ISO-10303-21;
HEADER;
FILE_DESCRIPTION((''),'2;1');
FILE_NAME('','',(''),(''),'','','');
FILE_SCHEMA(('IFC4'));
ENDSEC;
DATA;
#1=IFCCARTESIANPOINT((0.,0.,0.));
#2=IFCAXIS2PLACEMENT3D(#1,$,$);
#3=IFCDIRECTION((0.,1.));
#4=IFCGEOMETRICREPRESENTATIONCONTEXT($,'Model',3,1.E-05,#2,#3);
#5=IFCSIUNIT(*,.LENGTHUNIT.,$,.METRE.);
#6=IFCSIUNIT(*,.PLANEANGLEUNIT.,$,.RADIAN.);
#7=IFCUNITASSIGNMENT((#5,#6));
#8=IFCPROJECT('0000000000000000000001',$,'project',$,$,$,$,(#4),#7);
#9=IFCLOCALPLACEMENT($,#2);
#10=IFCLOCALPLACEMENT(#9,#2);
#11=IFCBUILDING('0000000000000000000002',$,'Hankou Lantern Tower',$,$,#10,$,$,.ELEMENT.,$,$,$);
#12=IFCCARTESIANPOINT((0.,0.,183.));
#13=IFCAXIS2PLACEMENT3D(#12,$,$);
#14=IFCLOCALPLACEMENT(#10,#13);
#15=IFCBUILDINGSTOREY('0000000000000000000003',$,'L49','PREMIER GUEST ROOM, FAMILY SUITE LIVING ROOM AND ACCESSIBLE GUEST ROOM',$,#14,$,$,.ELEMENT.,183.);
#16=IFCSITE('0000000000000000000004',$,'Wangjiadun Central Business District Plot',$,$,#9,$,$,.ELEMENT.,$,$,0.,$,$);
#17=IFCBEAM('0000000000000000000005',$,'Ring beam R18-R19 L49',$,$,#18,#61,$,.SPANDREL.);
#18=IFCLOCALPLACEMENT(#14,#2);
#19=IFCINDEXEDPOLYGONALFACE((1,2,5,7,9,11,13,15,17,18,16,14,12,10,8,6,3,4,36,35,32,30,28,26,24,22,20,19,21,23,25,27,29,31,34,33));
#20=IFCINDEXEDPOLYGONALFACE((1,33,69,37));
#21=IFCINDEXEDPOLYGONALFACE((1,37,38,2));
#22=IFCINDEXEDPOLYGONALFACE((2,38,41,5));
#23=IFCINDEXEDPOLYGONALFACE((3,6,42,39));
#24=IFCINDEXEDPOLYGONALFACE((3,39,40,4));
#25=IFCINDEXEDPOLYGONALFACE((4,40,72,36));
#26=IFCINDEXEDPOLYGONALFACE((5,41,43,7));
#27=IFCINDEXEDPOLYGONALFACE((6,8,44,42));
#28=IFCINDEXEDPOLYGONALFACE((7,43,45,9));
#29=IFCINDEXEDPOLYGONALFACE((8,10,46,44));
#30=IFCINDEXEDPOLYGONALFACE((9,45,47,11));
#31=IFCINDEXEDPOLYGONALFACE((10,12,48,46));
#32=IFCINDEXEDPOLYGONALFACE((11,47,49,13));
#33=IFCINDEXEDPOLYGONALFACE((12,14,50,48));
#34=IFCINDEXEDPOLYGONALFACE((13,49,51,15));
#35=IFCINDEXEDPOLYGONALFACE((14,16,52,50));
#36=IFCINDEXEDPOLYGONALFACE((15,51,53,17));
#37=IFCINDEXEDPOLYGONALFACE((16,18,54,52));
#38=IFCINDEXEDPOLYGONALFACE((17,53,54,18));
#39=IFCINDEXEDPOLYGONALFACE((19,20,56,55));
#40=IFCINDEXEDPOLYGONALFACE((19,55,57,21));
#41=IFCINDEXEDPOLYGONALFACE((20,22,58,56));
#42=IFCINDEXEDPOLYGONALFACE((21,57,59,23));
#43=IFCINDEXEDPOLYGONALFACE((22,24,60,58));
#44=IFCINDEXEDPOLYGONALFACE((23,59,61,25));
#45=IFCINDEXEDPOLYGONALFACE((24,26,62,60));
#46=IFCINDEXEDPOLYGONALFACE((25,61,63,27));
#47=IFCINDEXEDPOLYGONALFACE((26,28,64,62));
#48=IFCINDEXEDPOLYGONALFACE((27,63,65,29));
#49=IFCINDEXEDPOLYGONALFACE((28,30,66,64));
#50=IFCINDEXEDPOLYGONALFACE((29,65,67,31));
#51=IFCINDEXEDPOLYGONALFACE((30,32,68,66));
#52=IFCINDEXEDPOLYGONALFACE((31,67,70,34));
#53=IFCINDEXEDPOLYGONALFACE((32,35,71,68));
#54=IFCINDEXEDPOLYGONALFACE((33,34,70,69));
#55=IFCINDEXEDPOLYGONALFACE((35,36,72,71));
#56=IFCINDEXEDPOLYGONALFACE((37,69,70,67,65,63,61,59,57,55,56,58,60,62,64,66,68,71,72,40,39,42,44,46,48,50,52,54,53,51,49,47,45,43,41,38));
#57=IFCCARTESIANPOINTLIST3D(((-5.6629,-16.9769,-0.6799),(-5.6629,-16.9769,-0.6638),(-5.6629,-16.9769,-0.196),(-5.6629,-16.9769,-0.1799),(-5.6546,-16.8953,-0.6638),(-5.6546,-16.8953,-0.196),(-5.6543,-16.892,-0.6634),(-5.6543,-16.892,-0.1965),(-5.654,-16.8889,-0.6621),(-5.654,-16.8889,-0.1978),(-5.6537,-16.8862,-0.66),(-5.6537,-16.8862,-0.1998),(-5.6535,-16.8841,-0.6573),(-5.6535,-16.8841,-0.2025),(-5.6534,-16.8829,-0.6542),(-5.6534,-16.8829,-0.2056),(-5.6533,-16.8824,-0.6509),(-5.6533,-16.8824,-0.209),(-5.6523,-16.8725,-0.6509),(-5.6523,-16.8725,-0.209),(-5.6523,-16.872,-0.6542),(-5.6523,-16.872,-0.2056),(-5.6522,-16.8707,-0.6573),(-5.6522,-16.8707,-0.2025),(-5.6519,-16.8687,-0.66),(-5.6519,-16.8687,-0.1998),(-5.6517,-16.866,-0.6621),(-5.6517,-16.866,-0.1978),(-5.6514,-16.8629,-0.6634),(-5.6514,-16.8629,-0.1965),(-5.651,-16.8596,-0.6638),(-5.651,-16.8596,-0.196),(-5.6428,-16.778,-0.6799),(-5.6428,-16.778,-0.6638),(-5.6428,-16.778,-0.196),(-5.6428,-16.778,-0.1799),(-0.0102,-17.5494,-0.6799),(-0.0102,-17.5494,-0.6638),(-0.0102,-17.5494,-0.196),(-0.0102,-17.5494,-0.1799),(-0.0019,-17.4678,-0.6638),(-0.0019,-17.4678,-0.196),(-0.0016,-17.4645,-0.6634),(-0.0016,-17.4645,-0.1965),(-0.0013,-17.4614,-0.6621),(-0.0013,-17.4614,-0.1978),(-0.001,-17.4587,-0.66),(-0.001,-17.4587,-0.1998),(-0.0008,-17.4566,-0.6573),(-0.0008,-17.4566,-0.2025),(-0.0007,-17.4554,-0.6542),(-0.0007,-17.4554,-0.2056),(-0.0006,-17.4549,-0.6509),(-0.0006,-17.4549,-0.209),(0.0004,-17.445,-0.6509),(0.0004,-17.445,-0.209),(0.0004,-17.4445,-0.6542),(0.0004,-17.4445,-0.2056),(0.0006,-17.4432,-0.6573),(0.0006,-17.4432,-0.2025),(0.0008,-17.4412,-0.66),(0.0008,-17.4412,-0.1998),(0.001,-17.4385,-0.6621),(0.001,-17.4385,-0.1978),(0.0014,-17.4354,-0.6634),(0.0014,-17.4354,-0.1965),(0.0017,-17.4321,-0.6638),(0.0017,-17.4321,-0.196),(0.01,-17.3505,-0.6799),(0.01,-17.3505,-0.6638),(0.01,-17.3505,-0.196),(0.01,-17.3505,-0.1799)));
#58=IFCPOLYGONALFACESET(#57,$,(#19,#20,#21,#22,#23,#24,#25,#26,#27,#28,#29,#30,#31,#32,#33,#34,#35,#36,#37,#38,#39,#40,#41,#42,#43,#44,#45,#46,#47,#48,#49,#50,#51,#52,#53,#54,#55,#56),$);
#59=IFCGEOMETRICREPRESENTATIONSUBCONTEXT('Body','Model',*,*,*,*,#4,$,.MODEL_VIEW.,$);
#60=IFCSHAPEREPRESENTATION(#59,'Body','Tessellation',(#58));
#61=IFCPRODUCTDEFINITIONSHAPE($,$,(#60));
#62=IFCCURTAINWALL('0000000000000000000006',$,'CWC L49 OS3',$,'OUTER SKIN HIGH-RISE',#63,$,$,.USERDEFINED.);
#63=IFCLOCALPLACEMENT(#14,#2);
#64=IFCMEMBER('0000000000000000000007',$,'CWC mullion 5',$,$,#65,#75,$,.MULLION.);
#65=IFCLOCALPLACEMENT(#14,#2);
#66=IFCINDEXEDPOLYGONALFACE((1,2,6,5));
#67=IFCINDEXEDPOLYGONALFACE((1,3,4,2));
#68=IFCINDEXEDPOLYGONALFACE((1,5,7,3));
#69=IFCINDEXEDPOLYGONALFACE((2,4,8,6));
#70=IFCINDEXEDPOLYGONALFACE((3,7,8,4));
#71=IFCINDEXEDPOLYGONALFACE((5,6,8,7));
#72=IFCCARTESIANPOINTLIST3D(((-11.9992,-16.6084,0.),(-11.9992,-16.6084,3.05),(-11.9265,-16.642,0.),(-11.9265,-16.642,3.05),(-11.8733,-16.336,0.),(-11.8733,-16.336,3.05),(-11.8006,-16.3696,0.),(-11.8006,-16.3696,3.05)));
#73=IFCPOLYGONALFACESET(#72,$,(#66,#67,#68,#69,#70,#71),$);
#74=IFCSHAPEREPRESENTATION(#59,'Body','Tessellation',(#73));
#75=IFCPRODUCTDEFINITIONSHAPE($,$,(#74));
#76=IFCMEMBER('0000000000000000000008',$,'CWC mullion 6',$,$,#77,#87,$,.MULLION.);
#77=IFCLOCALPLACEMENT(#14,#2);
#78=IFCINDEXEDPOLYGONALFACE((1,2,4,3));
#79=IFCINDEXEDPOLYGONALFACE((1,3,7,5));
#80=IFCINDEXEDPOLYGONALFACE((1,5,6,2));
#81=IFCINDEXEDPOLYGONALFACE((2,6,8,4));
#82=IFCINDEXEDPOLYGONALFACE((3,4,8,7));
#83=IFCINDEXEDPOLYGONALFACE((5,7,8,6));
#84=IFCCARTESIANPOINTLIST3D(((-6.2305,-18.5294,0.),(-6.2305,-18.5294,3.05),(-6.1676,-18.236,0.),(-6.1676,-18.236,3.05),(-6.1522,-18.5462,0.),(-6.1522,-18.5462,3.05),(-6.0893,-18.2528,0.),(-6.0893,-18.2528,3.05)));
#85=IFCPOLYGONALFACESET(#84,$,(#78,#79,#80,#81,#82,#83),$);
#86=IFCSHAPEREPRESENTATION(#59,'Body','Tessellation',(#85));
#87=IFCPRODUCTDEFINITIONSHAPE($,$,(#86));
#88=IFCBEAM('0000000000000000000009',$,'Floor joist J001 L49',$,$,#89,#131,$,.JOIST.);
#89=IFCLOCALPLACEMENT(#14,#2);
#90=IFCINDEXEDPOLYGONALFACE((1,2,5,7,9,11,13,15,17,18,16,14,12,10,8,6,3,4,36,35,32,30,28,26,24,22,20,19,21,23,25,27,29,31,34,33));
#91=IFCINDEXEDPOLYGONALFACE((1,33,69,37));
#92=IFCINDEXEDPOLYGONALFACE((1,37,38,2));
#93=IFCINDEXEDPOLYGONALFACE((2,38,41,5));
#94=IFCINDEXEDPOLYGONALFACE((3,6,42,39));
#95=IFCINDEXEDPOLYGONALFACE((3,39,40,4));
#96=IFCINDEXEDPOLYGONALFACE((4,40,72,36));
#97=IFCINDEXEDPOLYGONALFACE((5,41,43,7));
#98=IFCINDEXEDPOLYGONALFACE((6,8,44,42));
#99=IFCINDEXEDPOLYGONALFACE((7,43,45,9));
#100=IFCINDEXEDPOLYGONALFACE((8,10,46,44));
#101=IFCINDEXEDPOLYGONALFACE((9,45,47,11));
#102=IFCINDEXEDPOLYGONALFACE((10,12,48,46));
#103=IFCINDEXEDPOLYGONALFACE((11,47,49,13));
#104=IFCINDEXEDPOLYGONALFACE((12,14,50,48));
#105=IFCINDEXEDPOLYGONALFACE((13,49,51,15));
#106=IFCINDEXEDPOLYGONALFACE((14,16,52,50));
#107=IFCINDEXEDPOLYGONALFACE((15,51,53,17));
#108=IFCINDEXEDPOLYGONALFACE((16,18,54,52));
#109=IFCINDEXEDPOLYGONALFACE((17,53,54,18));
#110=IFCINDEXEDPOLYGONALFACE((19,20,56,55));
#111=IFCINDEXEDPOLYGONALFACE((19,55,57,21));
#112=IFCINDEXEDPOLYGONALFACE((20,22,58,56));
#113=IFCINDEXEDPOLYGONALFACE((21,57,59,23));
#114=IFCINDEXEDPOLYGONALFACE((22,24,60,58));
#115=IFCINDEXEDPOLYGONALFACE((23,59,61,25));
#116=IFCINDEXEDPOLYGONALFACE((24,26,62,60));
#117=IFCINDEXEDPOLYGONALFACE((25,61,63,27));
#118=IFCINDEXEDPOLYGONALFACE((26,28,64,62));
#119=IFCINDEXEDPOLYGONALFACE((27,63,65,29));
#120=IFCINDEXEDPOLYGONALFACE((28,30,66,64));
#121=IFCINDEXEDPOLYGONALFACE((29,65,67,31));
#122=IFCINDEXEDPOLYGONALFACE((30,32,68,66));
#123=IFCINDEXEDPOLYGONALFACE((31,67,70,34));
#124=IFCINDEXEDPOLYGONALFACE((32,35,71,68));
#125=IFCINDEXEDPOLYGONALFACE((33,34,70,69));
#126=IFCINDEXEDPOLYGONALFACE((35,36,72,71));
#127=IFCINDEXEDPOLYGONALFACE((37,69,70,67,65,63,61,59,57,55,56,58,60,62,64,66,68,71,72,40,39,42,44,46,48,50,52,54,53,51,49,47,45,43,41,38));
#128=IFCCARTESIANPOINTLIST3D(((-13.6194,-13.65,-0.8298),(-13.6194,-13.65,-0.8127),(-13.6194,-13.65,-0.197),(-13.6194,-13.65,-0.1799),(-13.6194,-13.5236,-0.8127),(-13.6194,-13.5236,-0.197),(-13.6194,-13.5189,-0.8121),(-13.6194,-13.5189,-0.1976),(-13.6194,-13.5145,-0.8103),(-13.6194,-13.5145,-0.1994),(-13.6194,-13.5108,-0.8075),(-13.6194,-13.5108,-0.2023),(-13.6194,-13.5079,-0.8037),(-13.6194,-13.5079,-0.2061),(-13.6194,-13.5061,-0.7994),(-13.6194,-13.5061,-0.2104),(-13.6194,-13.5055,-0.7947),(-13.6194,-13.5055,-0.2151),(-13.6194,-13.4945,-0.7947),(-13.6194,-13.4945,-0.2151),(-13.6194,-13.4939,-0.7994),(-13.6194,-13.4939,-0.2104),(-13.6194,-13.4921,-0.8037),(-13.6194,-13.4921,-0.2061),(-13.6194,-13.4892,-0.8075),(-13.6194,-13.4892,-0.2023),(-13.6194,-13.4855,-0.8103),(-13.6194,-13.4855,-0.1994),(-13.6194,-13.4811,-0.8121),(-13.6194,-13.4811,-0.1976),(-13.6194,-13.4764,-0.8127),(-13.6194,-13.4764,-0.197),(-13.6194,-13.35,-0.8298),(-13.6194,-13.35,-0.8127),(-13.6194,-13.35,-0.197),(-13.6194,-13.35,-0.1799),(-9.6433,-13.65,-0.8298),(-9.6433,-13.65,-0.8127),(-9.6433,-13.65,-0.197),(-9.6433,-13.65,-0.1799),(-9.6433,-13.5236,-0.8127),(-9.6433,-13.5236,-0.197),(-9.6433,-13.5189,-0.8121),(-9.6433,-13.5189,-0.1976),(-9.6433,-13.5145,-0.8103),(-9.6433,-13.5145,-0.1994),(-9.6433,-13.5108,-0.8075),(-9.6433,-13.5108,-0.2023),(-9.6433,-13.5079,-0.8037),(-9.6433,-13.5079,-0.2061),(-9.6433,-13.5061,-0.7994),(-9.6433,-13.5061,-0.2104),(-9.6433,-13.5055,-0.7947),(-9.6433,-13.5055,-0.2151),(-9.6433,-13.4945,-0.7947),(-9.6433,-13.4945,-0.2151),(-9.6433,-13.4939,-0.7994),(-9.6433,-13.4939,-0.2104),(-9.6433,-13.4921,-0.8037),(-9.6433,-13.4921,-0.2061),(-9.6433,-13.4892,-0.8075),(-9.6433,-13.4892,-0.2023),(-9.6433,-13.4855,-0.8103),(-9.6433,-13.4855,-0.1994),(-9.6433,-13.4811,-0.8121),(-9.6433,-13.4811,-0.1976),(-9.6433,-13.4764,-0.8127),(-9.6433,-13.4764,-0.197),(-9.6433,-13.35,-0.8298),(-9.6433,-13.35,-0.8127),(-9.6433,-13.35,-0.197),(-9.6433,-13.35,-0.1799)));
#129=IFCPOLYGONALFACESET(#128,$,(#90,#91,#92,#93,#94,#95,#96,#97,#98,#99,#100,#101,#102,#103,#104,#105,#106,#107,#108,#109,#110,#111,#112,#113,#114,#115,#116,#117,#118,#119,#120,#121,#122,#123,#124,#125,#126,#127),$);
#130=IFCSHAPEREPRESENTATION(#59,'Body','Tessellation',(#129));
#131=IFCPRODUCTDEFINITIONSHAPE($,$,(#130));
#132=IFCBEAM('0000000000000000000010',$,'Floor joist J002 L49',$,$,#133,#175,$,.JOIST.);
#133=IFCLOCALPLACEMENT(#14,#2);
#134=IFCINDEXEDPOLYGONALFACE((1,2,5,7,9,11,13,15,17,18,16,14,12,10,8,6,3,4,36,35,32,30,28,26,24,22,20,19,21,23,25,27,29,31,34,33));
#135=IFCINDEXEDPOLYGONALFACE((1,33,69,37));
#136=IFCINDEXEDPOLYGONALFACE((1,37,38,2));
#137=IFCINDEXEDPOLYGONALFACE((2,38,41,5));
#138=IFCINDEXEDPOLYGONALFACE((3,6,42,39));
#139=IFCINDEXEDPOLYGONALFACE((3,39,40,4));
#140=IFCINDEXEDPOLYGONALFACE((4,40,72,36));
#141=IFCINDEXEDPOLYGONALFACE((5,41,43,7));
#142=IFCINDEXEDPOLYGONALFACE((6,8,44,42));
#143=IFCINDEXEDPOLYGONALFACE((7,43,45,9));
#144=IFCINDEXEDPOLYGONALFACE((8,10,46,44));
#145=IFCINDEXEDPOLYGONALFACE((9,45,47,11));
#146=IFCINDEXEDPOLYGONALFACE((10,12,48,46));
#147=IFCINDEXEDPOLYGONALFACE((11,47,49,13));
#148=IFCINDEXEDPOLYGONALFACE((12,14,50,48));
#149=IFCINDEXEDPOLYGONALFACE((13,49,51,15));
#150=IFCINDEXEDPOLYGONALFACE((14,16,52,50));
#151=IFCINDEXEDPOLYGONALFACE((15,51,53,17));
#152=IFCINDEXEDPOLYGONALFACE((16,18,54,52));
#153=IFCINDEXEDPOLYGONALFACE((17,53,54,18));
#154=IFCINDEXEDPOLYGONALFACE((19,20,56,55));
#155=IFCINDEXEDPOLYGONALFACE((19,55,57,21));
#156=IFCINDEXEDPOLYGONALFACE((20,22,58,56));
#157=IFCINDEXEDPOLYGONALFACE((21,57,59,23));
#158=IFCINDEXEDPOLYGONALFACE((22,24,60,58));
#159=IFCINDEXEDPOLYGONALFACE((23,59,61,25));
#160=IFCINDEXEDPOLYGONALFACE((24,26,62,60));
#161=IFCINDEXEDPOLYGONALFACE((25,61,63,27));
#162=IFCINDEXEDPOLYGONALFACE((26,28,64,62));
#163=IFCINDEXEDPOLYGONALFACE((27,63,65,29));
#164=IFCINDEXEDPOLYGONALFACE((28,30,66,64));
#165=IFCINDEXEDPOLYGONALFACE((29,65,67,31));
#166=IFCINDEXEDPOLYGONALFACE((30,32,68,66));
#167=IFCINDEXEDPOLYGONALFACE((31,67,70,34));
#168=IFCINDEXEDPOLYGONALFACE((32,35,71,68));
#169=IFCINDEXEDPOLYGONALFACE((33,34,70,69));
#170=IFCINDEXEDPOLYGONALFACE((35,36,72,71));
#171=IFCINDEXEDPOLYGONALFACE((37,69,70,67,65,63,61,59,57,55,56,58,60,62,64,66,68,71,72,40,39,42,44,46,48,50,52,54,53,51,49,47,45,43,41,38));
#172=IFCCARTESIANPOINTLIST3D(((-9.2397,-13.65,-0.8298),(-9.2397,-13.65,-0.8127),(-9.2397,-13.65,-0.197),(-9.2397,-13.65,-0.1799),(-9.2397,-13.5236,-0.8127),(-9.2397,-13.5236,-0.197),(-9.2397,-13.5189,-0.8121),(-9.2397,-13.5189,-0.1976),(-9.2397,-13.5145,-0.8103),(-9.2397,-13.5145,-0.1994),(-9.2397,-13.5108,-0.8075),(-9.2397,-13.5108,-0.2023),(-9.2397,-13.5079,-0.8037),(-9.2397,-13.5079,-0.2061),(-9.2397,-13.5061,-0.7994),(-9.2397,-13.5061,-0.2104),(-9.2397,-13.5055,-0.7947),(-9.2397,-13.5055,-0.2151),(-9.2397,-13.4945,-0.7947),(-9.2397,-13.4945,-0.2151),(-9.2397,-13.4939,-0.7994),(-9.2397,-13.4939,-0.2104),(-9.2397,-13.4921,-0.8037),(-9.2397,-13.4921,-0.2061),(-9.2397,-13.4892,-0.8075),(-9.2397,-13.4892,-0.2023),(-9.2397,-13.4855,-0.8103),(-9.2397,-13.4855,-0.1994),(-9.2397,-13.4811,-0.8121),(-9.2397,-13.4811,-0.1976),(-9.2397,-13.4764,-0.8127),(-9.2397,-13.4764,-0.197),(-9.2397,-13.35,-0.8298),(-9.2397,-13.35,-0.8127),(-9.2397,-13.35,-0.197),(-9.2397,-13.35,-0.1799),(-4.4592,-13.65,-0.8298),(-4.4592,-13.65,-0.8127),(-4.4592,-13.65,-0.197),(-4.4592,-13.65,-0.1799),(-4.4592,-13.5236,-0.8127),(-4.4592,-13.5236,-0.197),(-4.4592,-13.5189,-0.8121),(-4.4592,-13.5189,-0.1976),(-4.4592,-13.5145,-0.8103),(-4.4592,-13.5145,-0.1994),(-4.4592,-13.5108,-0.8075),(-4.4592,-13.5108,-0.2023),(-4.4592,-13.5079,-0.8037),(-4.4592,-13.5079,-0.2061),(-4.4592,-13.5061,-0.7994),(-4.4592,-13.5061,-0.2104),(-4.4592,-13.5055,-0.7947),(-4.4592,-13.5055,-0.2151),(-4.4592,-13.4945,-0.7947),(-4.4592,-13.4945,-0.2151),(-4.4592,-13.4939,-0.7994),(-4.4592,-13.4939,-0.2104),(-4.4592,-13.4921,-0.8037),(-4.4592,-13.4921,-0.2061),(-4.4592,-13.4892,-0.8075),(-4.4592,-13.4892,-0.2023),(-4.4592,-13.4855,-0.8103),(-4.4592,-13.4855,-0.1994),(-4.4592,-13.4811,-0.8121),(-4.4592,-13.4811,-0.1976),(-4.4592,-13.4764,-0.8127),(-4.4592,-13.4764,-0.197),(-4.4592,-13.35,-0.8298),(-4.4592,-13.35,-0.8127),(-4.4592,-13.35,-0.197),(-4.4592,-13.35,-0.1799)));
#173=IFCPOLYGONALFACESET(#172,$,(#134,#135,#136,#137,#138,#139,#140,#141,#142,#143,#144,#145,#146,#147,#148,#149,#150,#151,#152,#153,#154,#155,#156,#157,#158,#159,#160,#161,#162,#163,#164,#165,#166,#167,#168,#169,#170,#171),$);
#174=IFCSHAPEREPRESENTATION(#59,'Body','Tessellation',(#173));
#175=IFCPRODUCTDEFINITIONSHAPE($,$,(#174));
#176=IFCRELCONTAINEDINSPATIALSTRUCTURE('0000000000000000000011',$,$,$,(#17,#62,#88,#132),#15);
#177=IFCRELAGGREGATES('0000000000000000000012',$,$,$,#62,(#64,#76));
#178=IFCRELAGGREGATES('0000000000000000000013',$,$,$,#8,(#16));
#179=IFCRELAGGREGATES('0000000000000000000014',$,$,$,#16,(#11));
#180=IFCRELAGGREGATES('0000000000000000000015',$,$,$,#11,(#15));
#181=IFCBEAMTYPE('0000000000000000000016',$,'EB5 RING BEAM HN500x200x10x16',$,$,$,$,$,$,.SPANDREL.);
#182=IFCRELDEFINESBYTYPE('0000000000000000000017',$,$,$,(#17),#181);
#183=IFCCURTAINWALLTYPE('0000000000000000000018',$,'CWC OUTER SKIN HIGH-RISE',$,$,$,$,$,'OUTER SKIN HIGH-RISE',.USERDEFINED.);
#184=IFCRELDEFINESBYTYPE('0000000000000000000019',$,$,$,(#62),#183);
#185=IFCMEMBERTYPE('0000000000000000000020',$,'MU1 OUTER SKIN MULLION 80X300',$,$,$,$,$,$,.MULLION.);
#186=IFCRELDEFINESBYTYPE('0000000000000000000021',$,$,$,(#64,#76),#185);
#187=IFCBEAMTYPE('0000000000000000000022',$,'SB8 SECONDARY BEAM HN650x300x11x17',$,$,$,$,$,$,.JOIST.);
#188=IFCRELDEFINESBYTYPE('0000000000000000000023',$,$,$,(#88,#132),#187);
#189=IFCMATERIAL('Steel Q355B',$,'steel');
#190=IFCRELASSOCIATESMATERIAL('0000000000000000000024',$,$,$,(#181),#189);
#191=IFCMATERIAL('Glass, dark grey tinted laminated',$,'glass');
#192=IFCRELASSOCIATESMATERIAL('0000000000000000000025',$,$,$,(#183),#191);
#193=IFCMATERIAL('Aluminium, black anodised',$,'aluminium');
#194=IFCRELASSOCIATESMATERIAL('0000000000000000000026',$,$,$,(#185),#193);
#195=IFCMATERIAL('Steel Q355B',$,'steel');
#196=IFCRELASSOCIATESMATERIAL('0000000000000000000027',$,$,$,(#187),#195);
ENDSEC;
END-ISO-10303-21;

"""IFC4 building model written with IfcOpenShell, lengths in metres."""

from ifc_helpers import new_model, si_unit, direction, frame, origin, origin_2d, place, context, subcontext, project, spatial, rectangle, i_section, extrude, material, material_profile, profile_set, type_object, element, aggregate, save


model = new_model("IFC4")

# Units and contexts
model_context = context("Model", 3, precision=1e-05, world=origin(), true_north=direction((0.0, 1.0)))
body_context = subcontext(model_context, "Body", "Model", "MODEL_VIEW")
ifc_project = project(units=[si_unit("LENGTHUNIT", "METRE"), si_unit("PLANEANGLEUNIT", "RADIAN")], contexts=[model_context])

# Site, building, storey
site_placement = place(None, origin())
site = spatial("IfcSite", under=ifc_project, at=site_placement, Name="Wangjiadun Central Business District Plot", CompositionType="ELEMENT", RefElevation=0.0)
building_placement = place(site_placement, origin())
building = spatial("IfcBuilding", under=site, at=building_placement, Name="Hankou Lantern Tower", CompositionType="ELEMENT")
storey_placement = place(building_placement, frame((0.0, 0.0, 183.0)))
storey = spatial("IfcBuildingStorey", under=building, at=storey_placement, Name="L49", Description="PREMIER GUEST ROOM, FAMILY SUITE LIVING ROOM AND ACCESSIBLE GUEST ROOM", CompositionType="ELEMENT", Elevation=183.0)

# Beam
ifc_material_1 = material(Name="Steel Q355B", Category="steel")
ifc_material_profile_1 = material_profile(ifc_material_1, i_section(OverallWidth=0.2, OverallDepth=0.5, WebThickness=0.01, FlangeThickness=0.0161, FilletRadius=0.0129, at=origin_2d()), Name="HN500x200x10x16")
ifc_profile_set_1 = profile_set([ifc_material_profile_1], Name="Steel Q355B")
beam_type_1 = type_object("IfcBeamType", Name="EB5 RING BEAM HN500x200x10x16", PredefinedType="SPANDREL", material=ifc_profile_set_1)
beam_1_placement = place(storey_placement, frame((-5.6528, -16.8774, -0.4299), z_axis=(0.99491, -0.100763, 0.0), x_axis=(0.100763, 0.99491, 0.0)))
element("IfcBeam", 1, at=beam_1_placement, inside=storey, type_object=beam_type_1, Name="Ring beam R18-R19 L49", PredefinedType="SPANDREL", context=body_context, shape_type="SweptSolid", body=[
    extrude(i_section(OverallWidth=0.2, OverallDepth=0.5, WebThickness=0.01, FlangeThickness=0.0161, FilletRadius=0.0129, at=origin_2d()), origin(), (0.0, 0.0, 1.0), 5.6816),
])

# Curtain wall, members
ifc_material_2 = material(Name="Glass, dark grey tinted laminated", Category="glass")
curtain_wall_type = type_object("IfcCurtainWallType", Name="CWC OUTER SKIN HIGH-RISE", ElementType="OUTER SKIN HIGH-RISE", PredefinedType="USERDEFINED", material=ifc_material_2)
curtain_wall_placement = place(storey_placement, origin())
curtain_wall = element("IfcCurtainWall", 2, at=curtain_wall_placement, inside=storey, type_object=curtain_wall_type, Name="CWC L49 OS3", ObjectType="OUTER SKIN HIGH-RISE", PredefinedType="USERDEFINED")
ifc_material_3 = material(Name="Aluminium, black anodised", Category="aluminium")
ifc_material_profile_2 = material_profile(ifc_material_3, rectangle(XDim=0.0801, YDim=0.3, at=origin_2d()), Name="MU1 80X300")
ifc_profile_set_2 = profile_set([ifc_material_profile_2], Name="Aluminium, black anodised")
member_type_1 = type_object("IfcMemberType", Name="MU1 OUTER SKIN MULLION 80X300", PredefinedType="MULLION", material=ifc_profile_set_2)
member_1_placement = place(storey_placement, frame((-11.8999, -16.489, 0.0), z_axis=(0.0, 0.0, 1.0), x_axis=(0.907841, -0.419314, 0.0)))
member_1 = element("IfcMember", 3, at=member_1_placement, type_object=member_type_1, Name="CWC mullion 5", PredefinedType="MULLION", context=body_context, shape_type="SweptSolid", body=[
    extrude(rectangle(XDim=0.0801, YDim=0.3, at=origin_2d()), origin(), (0.0, 0.0, 1.0), 3.05),
])
member_2_placement = place(storey_placement, frame((-6.1599, -18.3911, 0.0), z_axis=(0.0, 0.0, 1.0), x_axis=(0.977788, -0.209598, 0.0)))
member_2 = element("IfcMember", 4, at=member_2_placement, type_object=member_type_1, Name="CWC mullion 6", PredefinedType="MULLION", context=body_context, shape_type="SweptSolid", body=[
    extrude(rectangle(XDim=0.0801, YDim=0.3, at=origin_2d()), origin(), (0.0, 0.0, 1.0), 3.05),
])

# Beams
ifc_material_4 = material(Name="Steel Q355B", Category="steel")
ifc_material_profile_3 = material_profile(ifc_material_4, i_section(OverallWidth=0.3, OverallDepth=0.6499, WebThickness=0.011, FlangeThickness=0.0171, FilletRadius=0.0181, at=origin_2d()), Name="HN650x300x11x17")
ifc_profile_set_3 = profile_set([ifc_material_profile_3], Name="Steel Q355B")
beam_type_2 = type_object("IfcBeamType", Name="SB8 SECONDARY BEAM HN650x300x11x17", PredefinedType="JOIST", material=ifc_profile_set_3)
beam_2_placement = place(storey_placement, frame((-13.6194, -13.5, -0.5049), z_axis=(1.0, 0.0, 0.0), x_axis=(0.0, 1.0, 0.0)))
element("IfcBeam", 5, at=beam_2_placement, inside=storey, type_object=beam_type_2, Name="Floor joist J001 L49", PredefinedType="JOIST", context=body_context, shape_type="SweptSolid", body=[
    extrude(i_section(OverallWidth=0.3, OverallDepth=0.6499, WebThickness=0.011, FlangeThickness=0.0171, FilletRadius=0.0181, at=origin_2d()), origin(), (0.0, 0.0, 1.0), 3.9761),
])
beam_3_placement = place(storey_placement, frame((-9.2397, -13.5, -0.5049), z_axis=(1.0, 0.0, 0.0), x_axis=(0.0, 1.0, 0.0)))
element("IfcBeam", 6, at=beam_3_placement, inside=storey, type_object=beam_type_2, Name="Floor joist J002 L49", PredefinedType="JOIST", context=body_context, shape_type="SweptSolid", body=[
    extrude(i_section(OverallWidth=0.3, OverallDepth=0.6499, WebThickness=0.011, FlangeThickness=0.0171, FilletRadius=0.0181, at=origin_2d()), origin(), (0.0, 0.0, 1.0), 4.7805),
])

aggregate(curtain_wall, [member_1, member_2])

save(model, "model.ifc")
